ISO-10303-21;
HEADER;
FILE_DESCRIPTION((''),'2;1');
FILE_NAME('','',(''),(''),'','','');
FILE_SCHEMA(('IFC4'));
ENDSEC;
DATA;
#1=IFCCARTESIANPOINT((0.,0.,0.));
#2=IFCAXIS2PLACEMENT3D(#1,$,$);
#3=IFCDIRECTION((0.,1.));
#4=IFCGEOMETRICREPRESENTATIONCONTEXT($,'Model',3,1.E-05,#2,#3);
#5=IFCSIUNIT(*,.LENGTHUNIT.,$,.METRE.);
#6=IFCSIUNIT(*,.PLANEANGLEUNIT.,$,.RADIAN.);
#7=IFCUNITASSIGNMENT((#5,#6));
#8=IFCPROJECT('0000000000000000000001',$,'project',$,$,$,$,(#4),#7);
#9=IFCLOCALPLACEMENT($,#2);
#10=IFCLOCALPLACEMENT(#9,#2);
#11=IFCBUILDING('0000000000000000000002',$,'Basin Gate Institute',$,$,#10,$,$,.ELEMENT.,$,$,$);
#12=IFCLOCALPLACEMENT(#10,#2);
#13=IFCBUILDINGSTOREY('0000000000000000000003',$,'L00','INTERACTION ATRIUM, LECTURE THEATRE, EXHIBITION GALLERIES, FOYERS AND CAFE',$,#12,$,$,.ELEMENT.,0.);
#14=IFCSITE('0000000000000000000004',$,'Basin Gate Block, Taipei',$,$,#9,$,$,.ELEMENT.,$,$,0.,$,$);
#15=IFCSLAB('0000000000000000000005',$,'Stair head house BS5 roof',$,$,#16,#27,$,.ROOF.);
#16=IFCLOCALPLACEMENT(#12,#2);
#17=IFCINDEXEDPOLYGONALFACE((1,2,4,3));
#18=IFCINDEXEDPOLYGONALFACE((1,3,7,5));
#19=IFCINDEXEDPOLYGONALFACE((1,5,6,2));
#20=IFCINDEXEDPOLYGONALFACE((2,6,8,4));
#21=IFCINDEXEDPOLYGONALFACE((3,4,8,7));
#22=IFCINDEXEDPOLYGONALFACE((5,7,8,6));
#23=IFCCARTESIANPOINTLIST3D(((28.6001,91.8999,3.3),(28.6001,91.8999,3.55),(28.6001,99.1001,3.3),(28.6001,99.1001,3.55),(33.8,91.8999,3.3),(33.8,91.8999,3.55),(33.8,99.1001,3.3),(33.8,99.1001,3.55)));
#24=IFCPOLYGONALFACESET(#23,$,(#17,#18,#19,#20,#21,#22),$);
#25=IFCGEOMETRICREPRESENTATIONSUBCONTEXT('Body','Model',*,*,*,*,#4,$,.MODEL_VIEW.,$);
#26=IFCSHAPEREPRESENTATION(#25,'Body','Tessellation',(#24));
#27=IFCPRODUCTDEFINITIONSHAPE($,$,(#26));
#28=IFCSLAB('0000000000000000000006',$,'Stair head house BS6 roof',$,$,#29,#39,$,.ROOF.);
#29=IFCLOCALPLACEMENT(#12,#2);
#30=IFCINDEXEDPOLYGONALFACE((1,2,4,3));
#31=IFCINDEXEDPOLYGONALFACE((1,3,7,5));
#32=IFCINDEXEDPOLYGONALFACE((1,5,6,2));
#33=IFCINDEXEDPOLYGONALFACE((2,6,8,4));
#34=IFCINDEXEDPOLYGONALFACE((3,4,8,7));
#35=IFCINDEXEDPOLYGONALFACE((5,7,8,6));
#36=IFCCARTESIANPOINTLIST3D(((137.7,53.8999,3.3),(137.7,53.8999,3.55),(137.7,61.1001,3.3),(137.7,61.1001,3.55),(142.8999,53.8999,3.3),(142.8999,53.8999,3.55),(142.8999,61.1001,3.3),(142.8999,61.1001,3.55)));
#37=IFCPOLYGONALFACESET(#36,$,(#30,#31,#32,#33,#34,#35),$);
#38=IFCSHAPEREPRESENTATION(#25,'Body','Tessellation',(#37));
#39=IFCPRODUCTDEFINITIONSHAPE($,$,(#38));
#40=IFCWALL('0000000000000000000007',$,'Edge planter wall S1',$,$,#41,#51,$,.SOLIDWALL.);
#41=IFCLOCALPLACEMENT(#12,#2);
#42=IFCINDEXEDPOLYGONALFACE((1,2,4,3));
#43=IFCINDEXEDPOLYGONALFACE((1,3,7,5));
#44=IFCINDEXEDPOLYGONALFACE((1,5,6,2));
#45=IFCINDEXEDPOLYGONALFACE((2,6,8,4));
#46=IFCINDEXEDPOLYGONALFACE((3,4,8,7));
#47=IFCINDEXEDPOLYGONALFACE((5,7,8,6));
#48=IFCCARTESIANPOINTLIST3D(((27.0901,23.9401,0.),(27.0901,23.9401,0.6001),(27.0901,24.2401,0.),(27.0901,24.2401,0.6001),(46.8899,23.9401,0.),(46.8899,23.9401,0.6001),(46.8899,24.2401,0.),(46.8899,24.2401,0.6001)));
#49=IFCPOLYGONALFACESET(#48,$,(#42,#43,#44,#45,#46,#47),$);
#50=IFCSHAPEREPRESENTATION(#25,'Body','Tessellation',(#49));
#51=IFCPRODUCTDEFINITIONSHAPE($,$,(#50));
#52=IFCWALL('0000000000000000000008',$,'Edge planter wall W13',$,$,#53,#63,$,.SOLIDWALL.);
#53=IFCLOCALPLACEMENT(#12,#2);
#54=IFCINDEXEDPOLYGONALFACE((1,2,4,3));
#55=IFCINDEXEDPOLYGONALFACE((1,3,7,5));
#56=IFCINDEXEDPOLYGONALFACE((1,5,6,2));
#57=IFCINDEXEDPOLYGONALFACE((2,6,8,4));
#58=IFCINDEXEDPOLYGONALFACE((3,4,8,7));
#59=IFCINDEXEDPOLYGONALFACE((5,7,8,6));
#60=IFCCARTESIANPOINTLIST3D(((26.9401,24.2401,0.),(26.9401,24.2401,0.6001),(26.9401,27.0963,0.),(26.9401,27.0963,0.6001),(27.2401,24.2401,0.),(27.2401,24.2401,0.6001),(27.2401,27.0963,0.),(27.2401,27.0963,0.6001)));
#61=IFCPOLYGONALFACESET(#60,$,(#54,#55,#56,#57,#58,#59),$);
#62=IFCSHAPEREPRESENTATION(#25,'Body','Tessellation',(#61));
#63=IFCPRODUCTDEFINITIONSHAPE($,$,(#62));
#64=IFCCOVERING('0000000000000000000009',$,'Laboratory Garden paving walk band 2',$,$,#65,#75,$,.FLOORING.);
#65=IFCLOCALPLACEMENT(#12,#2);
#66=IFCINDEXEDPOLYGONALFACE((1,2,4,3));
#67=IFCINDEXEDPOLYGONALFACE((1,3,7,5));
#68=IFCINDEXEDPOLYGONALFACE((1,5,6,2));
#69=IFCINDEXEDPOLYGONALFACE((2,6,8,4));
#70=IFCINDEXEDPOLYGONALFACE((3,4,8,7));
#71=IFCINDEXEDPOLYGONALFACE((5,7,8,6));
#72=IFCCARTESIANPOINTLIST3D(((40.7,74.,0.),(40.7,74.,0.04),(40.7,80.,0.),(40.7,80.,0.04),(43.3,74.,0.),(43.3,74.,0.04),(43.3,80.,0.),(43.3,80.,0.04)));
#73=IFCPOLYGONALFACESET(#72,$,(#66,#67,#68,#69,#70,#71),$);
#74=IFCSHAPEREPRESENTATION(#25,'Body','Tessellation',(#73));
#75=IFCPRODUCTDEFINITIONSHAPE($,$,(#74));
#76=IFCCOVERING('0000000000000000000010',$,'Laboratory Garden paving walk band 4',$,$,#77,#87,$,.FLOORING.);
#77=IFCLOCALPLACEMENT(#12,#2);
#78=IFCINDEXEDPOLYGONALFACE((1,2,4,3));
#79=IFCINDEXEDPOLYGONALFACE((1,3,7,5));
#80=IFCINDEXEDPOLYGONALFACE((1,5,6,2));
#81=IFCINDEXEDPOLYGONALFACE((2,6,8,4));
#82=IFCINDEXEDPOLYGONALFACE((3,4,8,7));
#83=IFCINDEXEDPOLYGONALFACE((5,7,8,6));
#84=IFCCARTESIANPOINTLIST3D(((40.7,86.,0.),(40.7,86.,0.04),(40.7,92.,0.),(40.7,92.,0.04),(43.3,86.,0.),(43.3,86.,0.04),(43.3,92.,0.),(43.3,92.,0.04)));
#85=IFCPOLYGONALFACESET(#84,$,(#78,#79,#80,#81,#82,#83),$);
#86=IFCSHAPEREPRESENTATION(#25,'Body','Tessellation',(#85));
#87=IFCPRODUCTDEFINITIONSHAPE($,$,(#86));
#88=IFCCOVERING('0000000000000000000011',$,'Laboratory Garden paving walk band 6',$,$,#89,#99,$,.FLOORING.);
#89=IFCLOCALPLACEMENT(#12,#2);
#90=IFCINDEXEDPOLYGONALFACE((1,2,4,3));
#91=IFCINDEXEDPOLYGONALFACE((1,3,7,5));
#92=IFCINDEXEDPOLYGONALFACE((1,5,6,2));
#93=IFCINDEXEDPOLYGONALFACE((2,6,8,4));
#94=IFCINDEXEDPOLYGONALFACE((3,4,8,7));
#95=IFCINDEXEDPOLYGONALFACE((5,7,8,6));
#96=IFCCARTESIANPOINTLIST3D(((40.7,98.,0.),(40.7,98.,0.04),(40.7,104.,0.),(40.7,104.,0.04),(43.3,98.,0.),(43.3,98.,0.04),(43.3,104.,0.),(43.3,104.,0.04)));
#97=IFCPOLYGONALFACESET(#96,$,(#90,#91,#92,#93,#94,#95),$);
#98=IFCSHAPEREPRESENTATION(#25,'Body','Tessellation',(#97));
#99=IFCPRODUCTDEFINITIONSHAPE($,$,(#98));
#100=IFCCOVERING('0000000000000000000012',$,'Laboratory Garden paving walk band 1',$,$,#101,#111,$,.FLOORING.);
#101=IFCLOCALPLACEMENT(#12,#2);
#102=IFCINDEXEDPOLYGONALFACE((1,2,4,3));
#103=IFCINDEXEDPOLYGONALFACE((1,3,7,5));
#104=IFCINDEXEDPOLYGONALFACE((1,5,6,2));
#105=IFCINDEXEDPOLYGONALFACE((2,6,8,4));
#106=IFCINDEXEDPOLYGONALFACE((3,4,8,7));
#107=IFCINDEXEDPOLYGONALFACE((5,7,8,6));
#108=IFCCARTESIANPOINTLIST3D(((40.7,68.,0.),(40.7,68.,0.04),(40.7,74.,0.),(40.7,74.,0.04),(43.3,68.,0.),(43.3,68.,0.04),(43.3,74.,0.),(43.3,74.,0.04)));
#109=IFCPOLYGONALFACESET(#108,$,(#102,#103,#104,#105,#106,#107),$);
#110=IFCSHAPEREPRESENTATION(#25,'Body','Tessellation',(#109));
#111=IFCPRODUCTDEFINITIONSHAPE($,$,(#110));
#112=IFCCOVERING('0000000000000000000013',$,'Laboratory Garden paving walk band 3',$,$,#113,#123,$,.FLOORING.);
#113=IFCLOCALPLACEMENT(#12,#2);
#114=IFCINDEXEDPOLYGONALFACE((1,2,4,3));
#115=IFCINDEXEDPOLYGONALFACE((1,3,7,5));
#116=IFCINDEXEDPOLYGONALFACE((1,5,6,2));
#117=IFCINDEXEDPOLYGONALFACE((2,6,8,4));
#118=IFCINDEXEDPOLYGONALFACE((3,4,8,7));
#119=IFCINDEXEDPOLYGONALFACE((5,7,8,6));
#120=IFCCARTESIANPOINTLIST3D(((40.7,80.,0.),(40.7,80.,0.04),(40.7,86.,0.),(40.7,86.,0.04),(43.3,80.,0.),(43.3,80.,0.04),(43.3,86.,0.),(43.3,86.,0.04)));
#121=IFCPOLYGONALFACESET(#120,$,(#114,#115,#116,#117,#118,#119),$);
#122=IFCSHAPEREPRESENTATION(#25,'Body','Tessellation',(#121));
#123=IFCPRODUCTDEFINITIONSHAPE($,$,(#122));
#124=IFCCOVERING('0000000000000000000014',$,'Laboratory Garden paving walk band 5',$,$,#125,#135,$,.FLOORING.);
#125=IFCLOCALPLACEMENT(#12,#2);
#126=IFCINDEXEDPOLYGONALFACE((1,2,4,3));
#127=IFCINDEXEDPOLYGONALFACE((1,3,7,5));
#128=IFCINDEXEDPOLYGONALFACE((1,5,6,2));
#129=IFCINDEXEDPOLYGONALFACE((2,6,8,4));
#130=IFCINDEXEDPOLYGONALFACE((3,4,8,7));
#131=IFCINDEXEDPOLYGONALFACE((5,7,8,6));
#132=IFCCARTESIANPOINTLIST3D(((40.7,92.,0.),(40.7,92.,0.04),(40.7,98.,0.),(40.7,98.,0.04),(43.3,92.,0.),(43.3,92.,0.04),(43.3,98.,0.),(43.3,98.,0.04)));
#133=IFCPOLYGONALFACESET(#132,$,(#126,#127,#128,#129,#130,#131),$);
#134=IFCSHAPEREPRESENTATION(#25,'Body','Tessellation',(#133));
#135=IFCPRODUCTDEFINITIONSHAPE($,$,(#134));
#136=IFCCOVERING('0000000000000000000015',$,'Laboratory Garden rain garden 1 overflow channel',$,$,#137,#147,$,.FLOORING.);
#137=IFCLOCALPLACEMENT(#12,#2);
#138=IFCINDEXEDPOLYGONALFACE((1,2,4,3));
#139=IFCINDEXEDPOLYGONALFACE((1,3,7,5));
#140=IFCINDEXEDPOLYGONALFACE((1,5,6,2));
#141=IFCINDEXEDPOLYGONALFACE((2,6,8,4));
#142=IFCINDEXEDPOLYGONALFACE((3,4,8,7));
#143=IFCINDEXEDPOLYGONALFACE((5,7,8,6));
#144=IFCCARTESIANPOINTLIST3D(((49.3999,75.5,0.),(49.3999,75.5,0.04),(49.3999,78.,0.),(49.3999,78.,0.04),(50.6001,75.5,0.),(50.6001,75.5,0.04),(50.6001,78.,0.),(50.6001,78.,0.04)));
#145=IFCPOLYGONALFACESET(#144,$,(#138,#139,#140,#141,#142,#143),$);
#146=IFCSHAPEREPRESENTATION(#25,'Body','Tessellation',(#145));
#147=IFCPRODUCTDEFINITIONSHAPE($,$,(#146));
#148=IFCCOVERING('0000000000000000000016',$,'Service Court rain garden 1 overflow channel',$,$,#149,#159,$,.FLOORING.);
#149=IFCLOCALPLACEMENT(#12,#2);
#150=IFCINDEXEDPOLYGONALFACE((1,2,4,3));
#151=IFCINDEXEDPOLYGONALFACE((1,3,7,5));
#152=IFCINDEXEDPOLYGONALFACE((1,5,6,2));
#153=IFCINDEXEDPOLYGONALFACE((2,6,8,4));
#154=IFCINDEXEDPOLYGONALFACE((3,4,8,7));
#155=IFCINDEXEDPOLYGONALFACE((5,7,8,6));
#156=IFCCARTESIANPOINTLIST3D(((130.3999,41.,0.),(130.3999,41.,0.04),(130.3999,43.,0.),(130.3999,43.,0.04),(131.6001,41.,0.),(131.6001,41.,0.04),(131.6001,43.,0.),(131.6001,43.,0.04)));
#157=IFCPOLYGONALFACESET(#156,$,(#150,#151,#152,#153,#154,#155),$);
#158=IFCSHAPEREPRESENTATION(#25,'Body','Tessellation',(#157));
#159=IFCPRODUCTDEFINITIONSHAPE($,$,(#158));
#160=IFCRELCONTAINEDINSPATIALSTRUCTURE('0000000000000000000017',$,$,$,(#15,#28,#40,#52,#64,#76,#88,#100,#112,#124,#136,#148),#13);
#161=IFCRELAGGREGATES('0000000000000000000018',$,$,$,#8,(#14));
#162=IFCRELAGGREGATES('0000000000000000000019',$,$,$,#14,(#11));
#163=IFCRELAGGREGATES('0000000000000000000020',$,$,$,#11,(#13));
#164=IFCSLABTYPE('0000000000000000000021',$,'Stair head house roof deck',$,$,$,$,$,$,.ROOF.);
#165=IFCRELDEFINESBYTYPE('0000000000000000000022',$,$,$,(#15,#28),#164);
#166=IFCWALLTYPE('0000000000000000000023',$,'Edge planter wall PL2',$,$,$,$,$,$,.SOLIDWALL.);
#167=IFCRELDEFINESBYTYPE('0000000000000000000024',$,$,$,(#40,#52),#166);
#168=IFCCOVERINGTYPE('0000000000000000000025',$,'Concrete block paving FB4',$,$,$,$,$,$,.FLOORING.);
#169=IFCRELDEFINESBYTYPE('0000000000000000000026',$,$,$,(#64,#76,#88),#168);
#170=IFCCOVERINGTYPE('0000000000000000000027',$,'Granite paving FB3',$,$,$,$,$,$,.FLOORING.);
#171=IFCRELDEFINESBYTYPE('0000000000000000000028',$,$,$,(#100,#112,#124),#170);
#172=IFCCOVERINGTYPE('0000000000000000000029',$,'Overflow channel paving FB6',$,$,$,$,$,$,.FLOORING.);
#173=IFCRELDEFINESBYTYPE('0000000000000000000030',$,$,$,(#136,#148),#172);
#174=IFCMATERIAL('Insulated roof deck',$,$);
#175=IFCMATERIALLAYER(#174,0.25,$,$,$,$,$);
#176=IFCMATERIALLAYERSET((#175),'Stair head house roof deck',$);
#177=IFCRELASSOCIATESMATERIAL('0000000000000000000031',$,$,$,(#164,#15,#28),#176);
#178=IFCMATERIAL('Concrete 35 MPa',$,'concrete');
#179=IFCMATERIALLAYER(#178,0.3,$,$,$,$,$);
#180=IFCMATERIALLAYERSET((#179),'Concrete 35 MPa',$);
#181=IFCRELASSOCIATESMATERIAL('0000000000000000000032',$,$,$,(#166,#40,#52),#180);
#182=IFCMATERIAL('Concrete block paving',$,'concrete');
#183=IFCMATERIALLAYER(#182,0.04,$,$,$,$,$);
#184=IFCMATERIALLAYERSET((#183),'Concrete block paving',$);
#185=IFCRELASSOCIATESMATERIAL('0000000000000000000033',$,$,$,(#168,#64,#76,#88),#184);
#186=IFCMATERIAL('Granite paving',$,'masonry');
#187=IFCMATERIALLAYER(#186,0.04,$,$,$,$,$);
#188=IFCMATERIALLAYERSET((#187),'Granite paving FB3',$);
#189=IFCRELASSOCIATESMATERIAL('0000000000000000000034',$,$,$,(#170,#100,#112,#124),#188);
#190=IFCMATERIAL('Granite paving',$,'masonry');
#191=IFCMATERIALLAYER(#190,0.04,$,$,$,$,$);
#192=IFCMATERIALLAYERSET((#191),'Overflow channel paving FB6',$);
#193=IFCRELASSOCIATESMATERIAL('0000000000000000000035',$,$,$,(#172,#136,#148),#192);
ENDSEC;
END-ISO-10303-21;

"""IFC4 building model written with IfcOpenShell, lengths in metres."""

from ifc_helpers import new_model, si_unit, direction, frame, frame_2d, origin, place, context, subcontext, project, spatial, polyline, rectangle, outline, extrude, material, layer, layer_set, type_object, element, save


model = new_model("IFC4")

# Units and contexts
model_context = context("Model", 3, precision=1e-05, world=origin(), true_north=direction((0.0, 1.0)))
body_context = subcontext(model_context, "Body", "Model", "MODEL_VIEW")
ifc_project = project(units=[si_unit("LENGTHUNIT", "METRE"), si_unit("PLANEANGLEUNIT", "RADIAN")], contexts=[model_context])

# Site, building, storey
site_placement = place(None, origin())
site = spatial("IfcSite", under=ifc_project, at=site_placement, Name="Basin Gate Block, Taipei", CompositionType="ELEMENT", RefElevation=0.0)
building_placement = place(site_placement, origin())
building = spatial("IfcBuilding", under=site, at=building_placement, Name="Basin Gate Institute", CompositionType="ELEMENT")
storey_placement = place(building_placement, origin())
storey = spatial("IfcBuildingStorey", under=building, at=storey_placement, Name="L00", Description="INTERACTION ATRIUM, LECTURE THEATRE, EXHIBITION GALLERIES, FOYERS AND CAFE", CompositionType="ELEMENT", Elevation=0.0)

# Slabs
ifc_material_1 = material(Name="Insulated roof deck")
ifc_layer_1 = layer(ifc_material_1, 0.25)
ifc_layer_set_1 = layer_set([ifc_layer_1], Name="Stair head house roof deck")
slab_type_1 = type_object("IfcSlabType", Name="Stair head house roof deck", PredefinedType="ROOF", material=ifc_layer_set_1)
slab_1_placement = place(storey_placement, frame((0.0, 0.0, 3.3)))
element("IfcSlab", 1, at=slab_1_placement, inside=storey, type_object=slab_type_1, material=ifc_layer_set_1, Name="Stair head house BS5 roof", PredefinedType="ROOF", context=body_context, shape_type="SweptSolid", body=[
    extrude(outline(polyline([(28.6001, 91.8999), (33.8, 91.8999), (33.8, 99.1001), (28.6001, 99.1001), (28.6001, 91.8999)])), origin(), (0.0, 0.0, 1.0), 0.25),
])
slab_2_placement = place(storey_placement, frame((0.0, 0.0, 3.3)))
element("IfcSlab", 2, at=slab_2_placement, inside=storey, type_object=slab_type_1, material=ifc_layer_set_1, Name="Stair head house BS6 roof", PredefinedType="ROOF", context=body_context, shape_type="SweptSolid", body=[
    extrude(outline(polyline([(137.7, 53.8999), (142.8999, 53.8999), (142.8999, 61.1001), (137.7, 61.1001), (137.7, 53.8999)])), origin(), (0.0, 0.0, 1.0), 0.25),
])

# Walls
ifc_material_2 = material(Name="Concrete 35 MPa", Category="concrete")
ifc_layer_2 = layer(ifc_material_2, 0.3)
ifc_layer_set_2 = layer_set([ifc_layer_2], Name="Concrete 35 MPa")
wall_type_1 = type_object("IfcWallType", Name="Edge planter wall PL2", PredefinedType="SOLIDWALL", material=ifc_layer_set_2)
wall_1_placement = place(storey_placement, frame((27.0901, 24.0901, 0.0), z_axis=(0.0, 0.0, 1.0), x_axis=(1.0, 0.0, 0.0)))
element("IfcWall", 3, at=wall_1_placement, inside=storey, type_object=wall_type_1, material=ifc_layer_set_2, Name="Edge planter wall S1", PredefinedType="SOLIDWALL", context=body_context, shape_type="SweptSolid", body=[
    extrude(rectangle(XDim=19.7998, YDim=0.3, at=frame_2d((9.8999, 0.0))), origin(), (0.0, 0.0, 1.0), 0.6001),
])
wall_2_placement = place(storey_placement, frame((27.0901, 24.24, 0.0), z_axis=(0.0, 0.0, 1.0), x_axis=(0.0, 1.0, 0.0)))
element("IfcWall", 4, at=wall_2_placement, inside=storey, type_object=wall_type_1, material=ifc_layer_set_2, Name="Edge planter wall W13", PredefinedType="SOLIDWALL", context=body_context, shape_type="SweptSolid", body=[
    extrude(rectangle(XDim=2.8562, YDim=0.3, at=frame_2d((1.4282, 0.0))), origin(), (0.0, 0.0, 1.0), 0.6001),
])

# Coverings
ifc_material_3 = material(Name="Concrete block paving", Category="concrete")
ifc_layer_3 = layer(ifc_material_3, 0.04)
ifc_layer_set_3 = layer_set([ifc_layer_3], Name="Concrete block paving")
covering_type_1 = type_object("IfcCoveringType", Name="Concrete block paving FB4", PredefinedType="FLOORING", material=ifc_layer_set_3)
covering_1_placement = place(storey_placement, origin())
element("IfcCovering", 5, at=covering_1_placement, inside=storey, type_object=covering_type_1, material=ifc_layer_set_3, Name="Laboratory Garden paving walk band 2", PredefinedType="FLOORING", context=body_context, shape_type="SweptSolid", body=[
    extrude(outline(polyline([(40.7, 74.0), (43.3, 74.0), (43.3, 80.0), (40.7, 80.0), (40.7, 74.0)])), origin(), (0.0, 0.0, 1.0), 0.04),
])
covering_2_placement = place(storey_placement, origin())
element("IfcCovering", 6, at=covering_2_placement, inside=storey, type_object=covering_type_1, material=ifc_layer_set_3, Name="Laboratory Garden paving walk band 4", PredefinedType="FLOORING", context=body_context, shape_type="SweptSolid", body=[
    extrude(outline(polyline([(40.7, 86.0), (43.3, 86.0), (43.3, 92.0), (40.7, 92.0), (40.7, 86.0)])), origin(), (0.0, 0.0, 1.0), 0.04),
])
covering_3_placement = place(storey_placement, origin())
element("IfcCovering", 7, at=covering_3_placement, inside=storey, type_object=covering_type_1, material=ifc_layer_set_3, Name="Laboratory Garden paving walk band 6", PredefinedType="FLOORING", context=body_context, shape_type="SweptSolid", body=[
    extrude(outline(polyline([(40.7, 98.0), (43.3, 98.0), (43.3, 104.0), (40.7, 104.0), (40.7, 98.0)])), origin(), (0.0, 0.0, 1.0), 0.04),
])
ifc_material_4 = material(Name="Granite paving", Category="masonry")
ifc_layer_4 = layer(ifc_material_4, 0.04)
ifc_layer_set_4 = layer_set([ifc_layer_4], Name="Granite paving FB3")
covering_type_2 = type_object("IfcCoveringType", Name="Granite paving FB3", PredefinedType="FLOORING", material=ifc_layer_set_4)
covering_4_placement = place(storey_placement, origin())
element("IfcCovering", 8, at=covering_4_placement, inside=storey, type_object=covering_type_2, material=ifc_layer_set_4, Name="Laboratory Garden paving walk band 1", PredefinedType="FLOORING", context=body_context, shape_type="SweptSolid", body=[
    extrude(outline(polyline([(40.7, 68.0), (43.3, 68.0), (43.3, 74.0), (40.7, 74.0), (40.7, 68.0)])), origin(), (0.0, 0.0, 1.0), 0.04),
])
covering_5_placement = place(storey_placement, origin())
element("IfcCovering", 9, at=covering_5_placement, inside=storey, type_object=covering_type_2, material=ifc_layer_set_4, Name="Laboratory Garden paving walk band 3", PredefinedType="FLOORING", context=body_context, shape_type="SweptSolid", body=[
    extrude(outline(polyline([(40.7, 80.0), (43.3, 80.0), (43.3, 86.0), (40.7, 86.0), (40.7, 80.0)])), origin(), (0.0, 0.0, 1.0), 0.04),
])
covering_6_placement = place(storey_placement, origin())
element("IfcCovering", 10, at=covering_6_placement, inside=storey, type_object=covering_type_2, material=ifc_layer_set_4, Name="Laboratory Garden paving walk band 5", PredefinedType="FLOORING", context=body_context, shape_type="SweptSolid", body=[
    extrude(outline(polyline([(40.7, 92.0), (43.3, 92.0), (43.3, 98.0), (40.7, 98.0), (40.7, 92.0)])), origin(), (0.0, 0.0, 1.0), 0.04),
])
ifc_material_5 = material(Name="Granite paving", Category="masonry")
ifc_layer_5 = layer(ifc_material_5, 0.04)
ifc_layer_set_5 = layer_set([ifc_layer_5], Name="Overflow channel paving FB6")
covering_type_3 = type_object("IfcCoveringType", Name="Overflow channel paving FB6", PredefinedType="FLOORING", material=ifc_layer_set_5)
covering_7_placement = place(storey_placement, origin())
element("IfcCovering", 11, at=covering_7_placement, inside=storey, type_object=covering_type_3, material=ifc_layer_set_5, Name="Laboratory Garden rain garden 1 overflow channel", PredefinedType="FLOORING", context=body_context, shape_type="SweptSolid", body=[
    extrude(outline(polyline([(49.3999, 75.5), (50.6001, 75.5), (50.6001, 78.0), (49.3999, 78.0), (49.3999, 75.5)])), origin(), (0.0, 0.0, 1.0), 0.04),
])
covering_8_placement = place(storey_placement, origin())
element("IfcCovering", 12, at=covering_8_placement, inside=storey, type_object=covering_type_3, material=ifc_layer_set_5, Name="Service Court rain garden 1 overflow channel", PredefinedType="FLOORING", context=body_context, shape_type="SweptSolid", body=[
    extrude(outline(polyline([(130.3999, 41.0), (131.6001, 41.0), (131.6001, 43.0), (130.3999, 43.0), (130.3999, 41.0)])), origin(), (0.0, 0.0, 1.0), 0.04),
])

save(model, "model.ifc")
